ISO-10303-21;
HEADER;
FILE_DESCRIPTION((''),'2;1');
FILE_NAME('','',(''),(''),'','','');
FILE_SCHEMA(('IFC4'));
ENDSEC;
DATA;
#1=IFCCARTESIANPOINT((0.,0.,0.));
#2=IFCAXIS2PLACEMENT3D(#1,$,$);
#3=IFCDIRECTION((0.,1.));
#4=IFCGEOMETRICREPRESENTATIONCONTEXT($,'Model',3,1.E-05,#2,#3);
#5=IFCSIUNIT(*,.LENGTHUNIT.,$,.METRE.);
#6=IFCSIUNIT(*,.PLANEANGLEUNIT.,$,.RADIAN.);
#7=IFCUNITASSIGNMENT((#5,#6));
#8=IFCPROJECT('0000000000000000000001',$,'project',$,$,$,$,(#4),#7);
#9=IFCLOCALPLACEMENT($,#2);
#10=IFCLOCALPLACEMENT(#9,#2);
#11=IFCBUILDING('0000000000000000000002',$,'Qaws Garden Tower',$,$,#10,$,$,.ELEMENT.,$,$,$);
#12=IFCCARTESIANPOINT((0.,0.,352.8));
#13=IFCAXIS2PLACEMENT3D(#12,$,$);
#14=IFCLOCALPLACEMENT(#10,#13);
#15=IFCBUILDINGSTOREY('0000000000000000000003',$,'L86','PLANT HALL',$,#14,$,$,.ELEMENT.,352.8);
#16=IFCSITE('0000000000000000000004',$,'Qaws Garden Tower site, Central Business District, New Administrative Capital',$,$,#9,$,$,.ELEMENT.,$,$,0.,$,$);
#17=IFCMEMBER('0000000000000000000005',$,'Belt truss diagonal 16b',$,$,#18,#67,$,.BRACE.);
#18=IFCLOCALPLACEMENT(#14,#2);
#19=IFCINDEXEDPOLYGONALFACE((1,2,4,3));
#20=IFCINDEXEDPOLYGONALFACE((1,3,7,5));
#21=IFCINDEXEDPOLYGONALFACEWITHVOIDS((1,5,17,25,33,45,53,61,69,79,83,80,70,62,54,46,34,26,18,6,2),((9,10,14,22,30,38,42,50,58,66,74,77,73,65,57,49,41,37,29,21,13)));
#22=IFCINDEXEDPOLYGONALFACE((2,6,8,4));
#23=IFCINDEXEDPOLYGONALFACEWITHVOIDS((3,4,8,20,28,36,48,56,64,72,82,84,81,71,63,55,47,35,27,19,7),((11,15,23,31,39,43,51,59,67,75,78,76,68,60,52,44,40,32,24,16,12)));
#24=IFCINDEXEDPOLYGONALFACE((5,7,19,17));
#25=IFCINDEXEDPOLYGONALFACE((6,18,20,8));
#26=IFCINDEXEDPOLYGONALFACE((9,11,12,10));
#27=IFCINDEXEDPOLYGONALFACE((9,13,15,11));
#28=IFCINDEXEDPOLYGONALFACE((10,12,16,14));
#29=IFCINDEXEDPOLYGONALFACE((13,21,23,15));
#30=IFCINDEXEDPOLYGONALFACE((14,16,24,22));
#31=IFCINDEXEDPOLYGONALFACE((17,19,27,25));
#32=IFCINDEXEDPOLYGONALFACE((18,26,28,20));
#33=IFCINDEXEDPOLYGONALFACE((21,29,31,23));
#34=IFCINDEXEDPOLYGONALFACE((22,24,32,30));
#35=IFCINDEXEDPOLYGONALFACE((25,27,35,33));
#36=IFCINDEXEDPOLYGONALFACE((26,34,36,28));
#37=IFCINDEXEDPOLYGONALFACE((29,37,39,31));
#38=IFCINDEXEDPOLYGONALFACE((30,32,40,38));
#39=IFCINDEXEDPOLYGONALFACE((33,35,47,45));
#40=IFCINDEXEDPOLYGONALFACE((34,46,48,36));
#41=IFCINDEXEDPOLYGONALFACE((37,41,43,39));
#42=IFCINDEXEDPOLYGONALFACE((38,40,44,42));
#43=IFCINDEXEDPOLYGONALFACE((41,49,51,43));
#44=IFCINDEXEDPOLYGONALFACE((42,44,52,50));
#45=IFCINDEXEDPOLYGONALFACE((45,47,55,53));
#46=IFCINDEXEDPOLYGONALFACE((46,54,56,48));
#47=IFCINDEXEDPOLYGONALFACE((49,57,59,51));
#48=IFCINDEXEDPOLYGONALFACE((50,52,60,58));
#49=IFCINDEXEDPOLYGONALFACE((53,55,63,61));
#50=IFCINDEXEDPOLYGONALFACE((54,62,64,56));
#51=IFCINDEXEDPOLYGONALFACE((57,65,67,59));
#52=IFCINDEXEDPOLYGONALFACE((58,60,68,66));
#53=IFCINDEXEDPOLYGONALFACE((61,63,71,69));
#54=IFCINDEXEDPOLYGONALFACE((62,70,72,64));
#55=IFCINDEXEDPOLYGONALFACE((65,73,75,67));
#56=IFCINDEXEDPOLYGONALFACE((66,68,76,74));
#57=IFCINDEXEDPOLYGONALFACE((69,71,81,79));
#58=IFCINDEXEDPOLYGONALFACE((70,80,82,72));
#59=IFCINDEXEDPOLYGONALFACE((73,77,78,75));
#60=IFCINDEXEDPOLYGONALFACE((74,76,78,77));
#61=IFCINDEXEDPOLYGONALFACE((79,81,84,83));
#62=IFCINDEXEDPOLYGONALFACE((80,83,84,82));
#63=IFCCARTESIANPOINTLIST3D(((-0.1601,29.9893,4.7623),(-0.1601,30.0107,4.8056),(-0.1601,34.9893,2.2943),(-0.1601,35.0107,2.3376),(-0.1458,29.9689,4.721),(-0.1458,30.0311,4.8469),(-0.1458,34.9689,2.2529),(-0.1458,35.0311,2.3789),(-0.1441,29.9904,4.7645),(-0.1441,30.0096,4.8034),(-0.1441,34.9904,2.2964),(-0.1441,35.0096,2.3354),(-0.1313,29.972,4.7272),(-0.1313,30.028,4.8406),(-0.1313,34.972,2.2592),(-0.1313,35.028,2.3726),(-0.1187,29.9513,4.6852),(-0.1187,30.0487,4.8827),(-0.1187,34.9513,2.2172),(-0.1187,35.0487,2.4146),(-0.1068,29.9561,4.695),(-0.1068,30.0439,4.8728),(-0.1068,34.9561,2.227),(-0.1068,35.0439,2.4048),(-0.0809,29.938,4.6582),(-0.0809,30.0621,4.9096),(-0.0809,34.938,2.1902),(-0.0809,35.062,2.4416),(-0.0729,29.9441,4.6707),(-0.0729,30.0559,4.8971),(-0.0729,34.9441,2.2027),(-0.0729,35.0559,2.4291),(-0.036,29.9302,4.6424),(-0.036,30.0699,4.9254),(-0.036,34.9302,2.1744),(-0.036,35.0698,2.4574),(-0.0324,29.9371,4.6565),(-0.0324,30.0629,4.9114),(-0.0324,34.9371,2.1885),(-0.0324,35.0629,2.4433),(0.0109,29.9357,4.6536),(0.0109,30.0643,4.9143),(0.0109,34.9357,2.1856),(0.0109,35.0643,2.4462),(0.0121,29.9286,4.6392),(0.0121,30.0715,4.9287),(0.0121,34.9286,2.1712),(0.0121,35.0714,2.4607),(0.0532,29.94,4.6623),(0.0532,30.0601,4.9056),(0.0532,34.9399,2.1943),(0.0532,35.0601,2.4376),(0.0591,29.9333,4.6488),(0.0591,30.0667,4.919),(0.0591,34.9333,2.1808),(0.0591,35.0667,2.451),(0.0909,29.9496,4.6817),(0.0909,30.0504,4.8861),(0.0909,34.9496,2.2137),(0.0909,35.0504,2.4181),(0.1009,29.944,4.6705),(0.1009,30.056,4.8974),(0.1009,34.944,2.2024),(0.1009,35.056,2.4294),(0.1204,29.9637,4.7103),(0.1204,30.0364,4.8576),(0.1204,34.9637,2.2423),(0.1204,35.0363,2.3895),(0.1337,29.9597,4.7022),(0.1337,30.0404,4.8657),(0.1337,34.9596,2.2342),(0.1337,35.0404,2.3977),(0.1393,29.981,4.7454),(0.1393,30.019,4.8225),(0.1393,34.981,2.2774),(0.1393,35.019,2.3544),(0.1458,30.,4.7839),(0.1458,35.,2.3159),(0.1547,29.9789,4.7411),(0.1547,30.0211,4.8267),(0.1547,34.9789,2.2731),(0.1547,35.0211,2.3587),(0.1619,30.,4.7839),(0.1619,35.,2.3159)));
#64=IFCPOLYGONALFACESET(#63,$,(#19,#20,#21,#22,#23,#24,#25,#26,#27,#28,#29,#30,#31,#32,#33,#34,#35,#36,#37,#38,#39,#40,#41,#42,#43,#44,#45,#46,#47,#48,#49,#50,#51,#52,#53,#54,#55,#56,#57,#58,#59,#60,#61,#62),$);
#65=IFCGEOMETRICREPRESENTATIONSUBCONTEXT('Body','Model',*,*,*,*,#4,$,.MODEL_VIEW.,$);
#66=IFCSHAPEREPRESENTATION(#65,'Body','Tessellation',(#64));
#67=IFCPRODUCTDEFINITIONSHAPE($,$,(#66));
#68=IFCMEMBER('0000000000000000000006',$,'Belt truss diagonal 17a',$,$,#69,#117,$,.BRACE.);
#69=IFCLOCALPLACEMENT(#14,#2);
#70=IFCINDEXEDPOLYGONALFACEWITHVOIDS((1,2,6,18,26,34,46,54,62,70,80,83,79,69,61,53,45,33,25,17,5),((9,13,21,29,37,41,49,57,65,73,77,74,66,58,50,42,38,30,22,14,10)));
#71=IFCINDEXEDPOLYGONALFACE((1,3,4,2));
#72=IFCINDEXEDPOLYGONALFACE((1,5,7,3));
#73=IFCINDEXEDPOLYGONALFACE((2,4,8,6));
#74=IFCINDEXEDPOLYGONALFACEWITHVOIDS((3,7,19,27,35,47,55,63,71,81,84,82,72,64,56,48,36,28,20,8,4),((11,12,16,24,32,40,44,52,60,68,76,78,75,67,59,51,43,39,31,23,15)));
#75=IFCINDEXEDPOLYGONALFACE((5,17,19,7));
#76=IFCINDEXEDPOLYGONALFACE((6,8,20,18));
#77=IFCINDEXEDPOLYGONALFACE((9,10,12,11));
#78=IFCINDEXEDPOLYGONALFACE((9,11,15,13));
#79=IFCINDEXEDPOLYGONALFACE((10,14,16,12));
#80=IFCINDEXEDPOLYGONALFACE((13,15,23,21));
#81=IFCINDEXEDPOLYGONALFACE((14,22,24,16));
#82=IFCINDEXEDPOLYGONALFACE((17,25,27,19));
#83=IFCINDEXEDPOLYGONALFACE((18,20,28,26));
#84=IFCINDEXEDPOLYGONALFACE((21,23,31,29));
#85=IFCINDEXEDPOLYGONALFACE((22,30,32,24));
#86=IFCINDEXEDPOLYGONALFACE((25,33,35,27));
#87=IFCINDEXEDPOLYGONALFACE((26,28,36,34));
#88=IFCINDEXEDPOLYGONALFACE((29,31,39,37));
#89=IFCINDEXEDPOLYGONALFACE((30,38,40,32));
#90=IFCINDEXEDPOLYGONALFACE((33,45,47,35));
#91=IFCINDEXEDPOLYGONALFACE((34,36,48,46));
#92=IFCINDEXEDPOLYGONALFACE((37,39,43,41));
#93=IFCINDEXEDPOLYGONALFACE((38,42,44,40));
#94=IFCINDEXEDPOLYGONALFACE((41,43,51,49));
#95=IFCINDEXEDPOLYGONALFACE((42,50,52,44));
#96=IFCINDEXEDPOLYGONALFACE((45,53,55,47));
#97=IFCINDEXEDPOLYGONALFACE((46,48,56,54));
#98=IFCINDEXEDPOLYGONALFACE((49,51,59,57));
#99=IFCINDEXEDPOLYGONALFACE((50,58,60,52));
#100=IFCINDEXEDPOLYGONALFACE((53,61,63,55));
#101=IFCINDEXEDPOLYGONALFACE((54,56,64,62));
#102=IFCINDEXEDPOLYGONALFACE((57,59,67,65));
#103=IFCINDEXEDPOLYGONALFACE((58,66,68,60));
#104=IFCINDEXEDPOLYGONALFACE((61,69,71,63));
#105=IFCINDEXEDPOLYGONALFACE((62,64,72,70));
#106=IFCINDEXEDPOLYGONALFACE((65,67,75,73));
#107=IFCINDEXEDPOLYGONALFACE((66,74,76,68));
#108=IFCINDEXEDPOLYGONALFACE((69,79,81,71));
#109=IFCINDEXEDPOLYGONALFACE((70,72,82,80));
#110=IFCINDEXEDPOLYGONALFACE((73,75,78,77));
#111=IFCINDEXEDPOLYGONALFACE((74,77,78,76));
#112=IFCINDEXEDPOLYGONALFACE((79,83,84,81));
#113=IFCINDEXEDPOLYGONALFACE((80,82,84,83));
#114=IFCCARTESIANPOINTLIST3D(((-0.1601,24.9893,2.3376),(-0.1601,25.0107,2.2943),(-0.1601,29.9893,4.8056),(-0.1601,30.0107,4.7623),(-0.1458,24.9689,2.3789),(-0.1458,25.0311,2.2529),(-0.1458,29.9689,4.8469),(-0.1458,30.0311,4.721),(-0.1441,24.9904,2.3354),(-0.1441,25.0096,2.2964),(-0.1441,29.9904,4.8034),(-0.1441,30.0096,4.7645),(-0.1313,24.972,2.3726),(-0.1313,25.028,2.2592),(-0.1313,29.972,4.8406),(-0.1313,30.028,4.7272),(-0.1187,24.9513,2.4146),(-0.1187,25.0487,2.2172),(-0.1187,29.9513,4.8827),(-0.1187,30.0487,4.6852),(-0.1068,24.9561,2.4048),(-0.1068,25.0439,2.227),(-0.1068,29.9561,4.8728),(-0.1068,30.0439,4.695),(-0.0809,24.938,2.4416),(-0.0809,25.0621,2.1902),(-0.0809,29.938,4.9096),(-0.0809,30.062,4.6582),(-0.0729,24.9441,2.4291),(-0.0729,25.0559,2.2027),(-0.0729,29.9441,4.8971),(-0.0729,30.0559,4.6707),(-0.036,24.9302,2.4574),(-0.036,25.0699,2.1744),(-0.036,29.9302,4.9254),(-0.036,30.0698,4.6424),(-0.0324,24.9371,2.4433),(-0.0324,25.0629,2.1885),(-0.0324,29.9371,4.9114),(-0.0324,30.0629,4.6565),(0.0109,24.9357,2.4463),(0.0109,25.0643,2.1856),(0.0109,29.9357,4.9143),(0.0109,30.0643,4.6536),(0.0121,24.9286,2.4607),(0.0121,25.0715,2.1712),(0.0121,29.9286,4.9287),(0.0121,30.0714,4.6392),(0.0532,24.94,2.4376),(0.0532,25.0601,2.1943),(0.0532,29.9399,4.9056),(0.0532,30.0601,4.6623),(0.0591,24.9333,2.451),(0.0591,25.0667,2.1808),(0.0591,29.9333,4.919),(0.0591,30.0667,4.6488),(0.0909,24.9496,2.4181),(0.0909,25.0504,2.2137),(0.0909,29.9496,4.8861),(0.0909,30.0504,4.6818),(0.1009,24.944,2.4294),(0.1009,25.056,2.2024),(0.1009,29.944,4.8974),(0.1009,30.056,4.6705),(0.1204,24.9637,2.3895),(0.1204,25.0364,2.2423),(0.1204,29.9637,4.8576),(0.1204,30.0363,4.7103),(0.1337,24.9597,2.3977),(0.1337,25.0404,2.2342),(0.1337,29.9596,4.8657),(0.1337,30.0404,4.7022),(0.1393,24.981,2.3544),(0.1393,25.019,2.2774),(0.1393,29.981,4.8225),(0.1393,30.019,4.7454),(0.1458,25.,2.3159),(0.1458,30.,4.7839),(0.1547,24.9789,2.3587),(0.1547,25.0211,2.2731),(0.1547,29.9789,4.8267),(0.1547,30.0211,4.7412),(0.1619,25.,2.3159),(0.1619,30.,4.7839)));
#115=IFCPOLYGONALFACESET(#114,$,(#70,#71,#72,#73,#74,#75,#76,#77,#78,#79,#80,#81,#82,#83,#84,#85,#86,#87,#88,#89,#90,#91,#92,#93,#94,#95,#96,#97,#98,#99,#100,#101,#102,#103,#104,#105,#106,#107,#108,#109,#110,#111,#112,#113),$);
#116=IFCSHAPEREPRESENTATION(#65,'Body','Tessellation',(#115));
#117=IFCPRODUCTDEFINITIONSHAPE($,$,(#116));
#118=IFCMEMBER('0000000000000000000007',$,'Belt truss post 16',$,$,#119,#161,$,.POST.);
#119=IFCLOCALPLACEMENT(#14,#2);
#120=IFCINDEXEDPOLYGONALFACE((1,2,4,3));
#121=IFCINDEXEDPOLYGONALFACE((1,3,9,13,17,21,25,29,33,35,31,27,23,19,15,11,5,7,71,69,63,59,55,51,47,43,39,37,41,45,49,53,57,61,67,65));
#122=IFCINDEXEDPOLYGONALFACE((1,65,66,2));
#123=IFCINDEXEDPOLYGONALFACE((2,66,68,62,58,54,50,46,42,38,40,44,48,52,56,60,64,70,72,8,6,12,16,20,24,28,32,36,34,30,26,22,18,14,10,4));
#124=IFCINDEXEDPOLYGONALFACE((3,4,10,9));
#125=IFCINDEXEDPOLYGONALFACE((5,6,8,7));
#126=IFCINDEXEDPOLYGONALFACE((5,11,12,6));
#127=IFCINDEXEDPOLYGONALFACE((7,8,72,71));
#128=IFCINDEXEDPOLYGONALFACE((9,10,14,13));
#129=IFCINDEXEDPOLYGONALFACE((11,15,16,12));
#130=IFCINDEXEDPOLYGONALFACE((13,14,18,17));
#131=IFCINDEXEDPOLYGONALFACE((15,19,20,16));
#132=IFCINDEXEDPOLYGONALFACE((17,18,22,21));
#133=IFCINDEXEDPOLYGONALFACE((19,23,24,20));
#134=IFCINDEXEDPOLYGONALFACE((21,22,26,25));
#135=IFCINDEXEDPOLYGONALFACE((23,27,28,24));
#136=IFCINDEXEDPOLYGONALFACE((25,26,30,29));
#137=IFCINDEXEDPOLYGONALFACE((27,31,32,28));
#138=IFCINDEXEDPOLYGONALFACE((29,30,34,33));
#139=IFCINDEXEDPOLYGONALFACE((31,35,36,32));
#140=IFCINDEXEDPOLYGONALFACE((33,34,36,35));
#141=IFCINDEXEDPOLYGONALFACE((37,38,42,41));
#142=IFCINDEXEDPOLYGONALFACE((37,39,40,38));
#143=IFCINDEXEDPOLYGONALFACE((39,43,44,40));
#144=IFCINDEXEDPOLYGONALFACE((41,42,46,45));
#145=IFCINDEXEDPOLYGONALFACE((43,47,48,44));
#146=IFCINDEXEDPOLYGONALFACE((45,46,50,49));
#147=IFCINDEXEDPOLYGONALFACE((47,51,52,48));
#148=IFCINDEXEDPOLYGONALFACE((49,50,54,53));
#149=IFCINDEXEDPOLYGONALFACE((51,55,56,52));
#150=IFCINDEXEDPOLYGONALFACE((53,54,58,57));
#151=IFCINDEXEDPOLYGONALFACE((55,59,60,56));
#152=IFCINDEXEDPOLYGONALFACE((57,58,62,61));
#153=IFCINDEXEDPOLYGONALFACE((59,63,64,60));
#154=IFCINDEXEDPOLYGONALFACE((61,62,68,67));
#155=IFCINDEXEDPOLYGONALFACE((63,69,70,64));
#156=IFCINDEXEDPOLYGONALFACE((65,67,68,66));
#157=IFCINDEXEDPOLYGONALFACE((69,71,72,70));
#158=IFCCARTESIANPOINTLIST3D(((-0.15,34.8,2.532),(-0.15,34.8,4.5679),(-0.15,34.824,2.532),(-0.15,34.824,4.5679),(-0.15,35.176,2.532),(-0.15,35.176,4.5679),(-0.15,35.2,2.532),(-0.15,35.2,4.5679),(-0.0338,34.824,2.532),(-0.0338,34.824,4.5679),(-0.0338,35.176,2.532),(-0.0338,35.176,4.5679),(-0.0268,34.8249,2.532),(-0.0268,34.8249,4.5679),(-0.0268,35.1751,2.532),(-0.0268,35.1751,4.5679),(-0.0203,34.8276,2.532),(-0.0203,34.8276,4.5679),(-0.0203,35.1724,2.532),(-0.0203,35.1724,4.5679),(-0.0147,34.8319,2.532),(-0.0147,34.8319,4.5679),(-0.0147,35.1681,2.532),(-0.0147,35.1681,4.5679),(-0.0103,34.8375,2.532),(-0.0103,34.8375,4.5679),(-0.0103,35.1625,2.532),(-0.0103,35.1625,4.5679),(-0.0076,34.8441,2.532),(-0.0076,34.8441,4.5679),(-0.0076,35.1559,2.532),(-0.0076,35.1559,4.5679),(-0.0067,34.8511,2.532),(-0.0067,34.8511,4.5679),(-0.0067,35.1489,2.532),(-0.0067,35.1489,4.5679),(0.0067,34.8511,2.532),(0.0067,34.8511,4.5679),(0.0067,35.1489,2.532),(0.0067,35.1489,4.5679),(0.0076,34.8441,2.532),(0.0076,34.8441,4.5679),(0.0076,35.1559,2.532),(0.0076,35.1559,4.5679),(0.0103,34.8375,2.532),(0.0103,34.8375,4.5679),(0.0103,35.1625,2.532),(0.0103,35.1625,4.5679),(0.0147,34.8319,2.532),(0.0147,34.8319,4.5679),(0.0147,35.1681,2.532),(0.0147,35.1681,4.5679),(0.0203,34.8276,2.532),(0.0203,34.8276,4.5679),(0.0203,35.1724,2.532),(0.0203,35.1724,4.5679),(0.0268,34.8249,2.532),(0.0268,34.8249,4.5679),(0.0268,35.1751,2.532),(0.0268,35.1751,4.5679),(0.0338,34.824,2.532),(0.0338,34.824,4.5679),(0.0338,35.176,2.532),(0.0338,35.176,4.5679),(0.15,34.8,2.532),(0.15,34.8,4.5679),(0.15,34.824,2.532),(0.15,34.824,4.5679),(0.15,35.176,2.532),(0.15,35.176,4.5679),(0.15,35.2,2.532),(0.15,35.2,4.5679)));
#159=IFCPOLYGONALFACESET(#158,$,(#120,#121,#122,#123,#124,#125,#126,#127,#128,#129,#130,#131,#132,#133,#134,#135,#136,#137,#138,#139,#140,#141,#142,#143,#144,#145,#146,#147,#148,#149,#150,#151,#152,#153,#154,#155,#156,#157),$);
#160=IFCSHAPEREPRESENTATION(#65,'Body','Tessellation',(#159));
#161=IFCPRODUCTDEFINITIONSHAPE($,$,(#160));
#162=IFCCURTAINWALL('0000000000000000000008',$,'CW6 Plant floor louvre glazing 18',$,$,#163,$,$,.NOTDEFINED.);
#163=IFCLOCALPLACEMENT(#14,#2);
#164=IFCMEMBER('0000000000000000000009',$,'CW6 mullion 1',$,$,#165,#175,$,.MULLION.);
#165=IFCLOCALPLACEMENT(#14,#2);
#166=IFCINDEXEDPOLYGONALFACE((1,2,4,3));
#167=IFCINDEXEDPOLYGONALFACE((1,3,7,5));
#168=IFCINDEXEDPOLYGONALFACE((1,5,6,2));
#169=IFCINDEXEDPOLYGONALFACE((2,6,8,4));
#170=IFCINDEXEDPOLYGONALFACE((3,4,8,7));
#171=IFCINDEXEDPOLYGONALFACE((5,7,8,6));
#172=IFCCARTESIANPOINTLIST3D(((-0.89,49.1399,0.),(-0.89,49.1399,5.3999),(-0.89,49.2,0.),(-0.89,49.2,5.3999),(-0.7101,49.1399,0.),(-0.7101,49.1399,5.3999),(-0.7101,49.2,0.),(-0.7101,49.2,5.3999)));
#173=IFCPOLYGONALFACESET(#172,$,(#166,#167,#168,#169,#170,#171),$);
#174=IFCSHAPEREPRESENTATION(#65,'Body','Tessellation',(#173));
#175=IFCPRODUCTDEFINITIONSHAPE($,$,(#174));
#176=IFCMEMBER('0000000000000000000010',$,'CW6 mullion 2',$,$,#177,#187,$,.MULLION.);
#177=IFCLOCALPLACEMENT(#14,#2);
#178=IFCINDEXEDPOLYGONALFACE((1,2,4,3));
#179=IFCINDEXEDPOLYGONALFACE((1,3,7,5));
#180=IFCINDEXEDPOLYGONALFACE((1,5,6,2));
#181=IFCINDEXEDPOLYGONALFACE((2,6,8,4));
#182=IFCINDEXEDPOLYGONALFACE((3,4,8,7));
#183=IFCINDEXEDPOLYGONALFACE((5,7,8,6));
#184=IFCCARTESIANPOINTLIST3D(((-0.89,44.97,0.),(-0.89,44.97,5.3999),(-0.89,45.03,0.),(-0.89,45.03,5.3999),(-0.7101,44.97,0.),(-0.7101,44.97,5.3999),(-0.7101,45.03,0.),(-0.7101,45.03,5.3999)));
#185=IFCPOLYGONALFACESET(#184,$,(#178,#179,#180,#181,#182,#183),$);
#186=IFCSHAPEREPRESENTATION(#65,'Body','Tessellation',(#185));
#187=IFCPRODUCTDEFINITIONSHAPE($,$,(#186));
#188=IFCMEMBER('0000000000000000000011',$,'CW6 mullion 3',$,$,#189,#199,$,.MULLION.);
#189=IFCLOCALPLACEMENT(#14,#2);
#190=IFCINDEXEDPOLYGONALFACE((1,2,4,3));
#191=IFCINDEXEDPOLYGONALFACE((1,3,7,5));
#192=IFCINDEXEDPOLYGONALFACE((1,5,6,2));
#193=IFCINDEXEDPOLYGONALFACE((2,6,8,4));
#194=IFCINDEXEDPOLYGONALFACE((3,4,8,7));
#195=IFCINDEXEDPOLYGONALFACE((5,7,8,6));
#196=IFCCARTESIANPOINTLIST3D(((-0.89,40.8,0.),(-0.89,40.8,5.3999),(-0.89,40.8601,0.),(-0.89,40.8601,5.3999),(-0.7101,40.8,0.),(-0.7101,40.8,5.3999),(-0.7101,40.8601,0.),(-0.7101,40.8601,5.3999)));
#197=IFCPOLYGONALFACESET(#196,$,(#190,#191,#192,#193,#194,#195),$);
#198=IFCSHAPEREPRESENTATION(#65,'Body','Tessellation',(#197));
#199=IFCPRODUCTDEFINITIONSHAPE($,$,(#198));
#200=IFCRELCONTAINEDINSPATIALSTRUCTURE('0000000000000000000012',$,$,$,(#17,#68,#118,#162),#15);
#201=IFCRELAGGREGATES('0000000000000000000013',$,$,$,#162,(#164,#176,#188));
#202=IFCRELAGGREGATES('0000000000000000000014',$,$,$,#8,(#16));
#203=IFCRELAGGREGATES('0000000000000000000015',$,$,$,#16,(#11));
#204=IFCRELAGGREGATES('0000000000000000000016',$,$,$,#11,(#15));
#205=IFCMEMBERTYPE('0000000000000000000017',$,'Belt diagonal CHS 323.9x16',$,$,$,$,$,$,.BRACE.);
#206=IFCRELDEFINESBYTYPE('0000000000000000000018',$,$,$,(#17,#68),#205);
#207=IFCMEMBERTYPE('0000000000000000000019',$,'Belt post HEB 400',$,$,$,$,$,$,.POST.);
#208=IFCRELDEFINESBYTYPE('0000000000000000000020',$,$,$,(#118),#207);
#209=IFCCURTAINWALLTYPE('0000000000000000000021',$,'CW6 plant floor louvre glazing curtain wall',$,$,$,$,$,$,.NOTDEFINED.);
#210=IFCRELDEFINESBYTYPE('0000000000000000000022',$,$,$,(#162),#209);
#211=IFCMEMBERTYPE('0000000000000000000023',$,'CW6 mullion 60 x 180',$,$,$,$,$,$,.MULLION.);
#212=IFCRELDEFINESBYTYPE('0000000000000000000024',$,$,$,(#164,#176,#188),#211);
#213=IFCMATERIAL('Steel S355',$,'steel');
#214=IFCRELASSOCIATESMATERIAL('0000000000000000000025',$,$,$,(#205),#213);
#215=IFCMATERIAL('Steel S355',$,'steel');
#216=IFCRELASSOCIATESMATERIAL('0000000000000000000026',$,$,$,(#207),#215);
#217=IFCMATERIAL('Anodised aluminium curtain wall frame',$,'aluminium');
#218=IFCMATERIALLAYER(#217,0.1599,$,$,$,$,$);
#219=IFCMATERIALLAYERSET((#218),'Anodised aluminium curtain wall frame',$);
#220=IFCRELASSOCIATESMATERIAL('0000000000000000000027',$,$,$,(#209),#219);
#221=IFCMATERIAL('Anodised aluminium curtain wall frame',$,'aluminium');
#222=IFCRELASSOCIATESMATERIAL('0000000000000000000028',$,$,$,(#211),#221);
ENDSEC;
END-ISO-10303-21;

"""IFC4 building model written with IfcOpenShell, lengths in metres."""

from ifc_helpers import new_model, si_unit, direction, frame, origin, origin_2d, place, context, subcontext, project, spatial, rectangle, hollow_circle, i_section, extrude, material, layer, layer_set, material_profile, profile_set, type_object, element, aggregate, save


model = new_model("IFC4")

# Units and contexts
model_context = context("Model", 3, precision=1e-05, world=origin(), true_north=direction((0.0, 1.0)))
body_context = subcontext(model_context, "Body", "Model", "MODEL_VIEW")
ifc_project = project(units=[si_unit("LENGTHUNIT", "METRE"), si_unit("PLANEANGLEUNIT", "RADIAN")], contexts=[model_context])

# Site, building, storey
site_placement = place(None, origin())
site = spatial("IfcSite", under=ifc_project, at=site_placement, Name="Qaws Garden Tower site, Central Business District, New Administrative Capital", CompositionType="ELEMENT", RefElevation=0.0)
building_placement = place(site_placement, origin())
building = spatial("IfcBuilding", under=site, at=building_placement, Name="Qaws Garden Tower", CompositionType="ELEMENT")
storey_placement = place(building_placement, frame((0.0, 0.0, 352.8)))
storey = spatial("IfcBuildingStorey", under=building, at=storey_placement, Name="L86", Description="PLANT HALL", CompositionType="ELEMENT", Elevation=352.8)

# Members
ifc_material_1 = material(Name="Steel S355", Category="steel")
ifc_material_profile_1 = material_profile(ifc_material_1, hollow_circle(Radius=0.1619, WallThickness=0.0161, at=origin_2d()), Name="CHS 323.9x16")
ifc_profile_set_1 = profile_set([ifc_material_profile_1], Name="Steel S355")
member_type_1 = type_object("IfcMemberType", Name="Belt diagonal CHS 323.9x16", PredefinedType="BRACE", material=ifc_profile_set_1)
for number, where, z_axis, x_axis, name in (
    (1, (0.0, 35.0, 2.3159), (0.0, -0.89671, 0.442619), (1.0, 0.0, 0.0), "Belt truss diagonal 16b"),
    (2, (0.0, 30.0, 4.7839), (0.0, -0.89671, -0.442619), (1.0, 0.0, 0.0), "Belt truss diagonal 17a"),
):
    element("IfcMember", number, at=place(storey_placement, frame(where, z_axis=z_axis, x_axis=x_axis)), inside=storey, type_object=member_type_1, Name=name, PredefinedType="BRACE", context=body_context, shape_type="SweptSolid", body=[
        extrude(hollow_circle(Radius=0.1619, WallThickness=0.0161, at=origin_2d()), origin(), (0.0, 0.0, 1.0), 5.5759),
    ])
ifc_material_2 = material(Name="Steel S355", Category="steel")
ifc_material_profile_2 = material_profile(ifc_material_2, i_section(OverallWidth=0.3, OverallDepth=0.3999, WebThickness=0.0134, FlangeThickness=0.0239, FilletRadius=0.0271, at=origin_2d()), Name="HEB 400")
ifc_profile_set_2 = profile_set([ifc_material_profile_2], Name="Steel S355")
member_type_2 = type_object("IfcMemberType", Name="Belt post HEB 400", PredefinedType="POST", material=ifc_profile_set_2)
member_1_placement = place(storey_placement, frame((0.0, 35.0, 2.532), z_axis=(0.0, 0.0, 1.0), x_axis=(1.0, 0.0, 0.0)))
element("IfcMember", 3, at=member_1_placement, inside=storey, type_object=member_type_2, Name="Belt truss post 16", PredefinedType="POST", context=body_context, shape_type="SweptSolid", body=[
    extrude(i_section(OverallWidth=0.3, OverallDepth=0.3999, WebThickness=0.0134, FlangeThickness=0.0239, FilletRadius=0.0271, at=origin_2d()), origin(), (0.0, 0.0, 1.0), 2.0359),
])

# Curtain wall
ifc_material_3 = material(Name="Anodised aluminium curtain wall frame", Category="aluminium")
ifc_layer_1 = layer(ifc_material_3, 0.1599)
ifc_layer_set_1 = layer_set([ifc_layer_1], Name="Anodised aluminium curtain wall frame")
curtain_wall_type = type_object("IfcCurtainWallType", Name="CW6 plant floor louvre glazing curtain wall", PredefinedType="NOTDEFINED", material=ifc_layer_set_1)
placement_1 = place(storey_placement, origin())
curtain_wall_1 = element("IfcCurtainWall", 4, at=placement_1, inside=storey, type_object=curtain_wall_type, Name="CW6 Plant floor louvre glazing 18", PredefinedType="NOTDEFINED")

# Members
ifc_material_4 = material(Name="Anodised aluminium curtain wall frame", Category="aluminium")
ifc_material_profile_3 = material_profile(ifc_material_4, rectangle(XDim=0.1799, YDim=0.0601, at=origin_2d()), Name="AL 60x180")
ifc_profile_set_3 = profile_set([ifc_material_profile_3], Name="Anodised aluminium curtain wall frame")
member_type_3 = type_object("IfcMemberType", Name="CW6 mullion 60 x 180", PredefinedType="MULLION", material=ifc_profile_set_3)
member_2_placement = place(storey_placement, frame((-0.8, 49.1699, 0.0), z_axis=(0.0, 0.0, 1.0), x_axis=(1.0, 0.0, 0.0)))
member_2 = element("IfcMember", 5, at=member_2_placement, type_object=member_type_3, Name="CW6 mullion 1", PredefinedType="MULLION", context=body_context, shape_type="SweptSolid", body=[
    extrude(rectangle(XDim=0.1799, YDim=0.0601, at=origin_2d()), origin(), (0.0, 0.0, 1.0), 5.3999),
])
member_3_placement = place(storey_placement, frame((-0.8, 45.0, 0.0), z_axis=(0.0, 0.0, 1.0), x_axis=(1.0, 0.0, 0.0)))
member_3 = element("IfcMember", 6, at=member_3_placement, type_object=member_type_3, Name="CW6 mullion 2", PredefinedType="MULLION", context=body_context, shape_type="SweptSolid", body=[
    extrude(rectangle(XDim=0.1799, YDim=0.0601, at=origin_2d()), origin(), (0.0, 0.0, 1.0), 5.3999),
])
member_4_placement = place(storey_placement, frame((-0.8, 40.8301, 0.0), z_axis=(0.0, 0.0, 1.0), x_axis=(1.0, 0.0, 0.0)))
member_4 = element("IfcMember", 7, at=member_4_placement, type_object=member_type_3, Name="CW6 mullion 3", PredefinedType="MULLION", context=body_context, shape_type="SweptSolid", body=[
    extrude(rectangle(XDim=0.1799, YDim=0.0601, at=origin_2d()), origin(), (0.0, 0.0, 1.0), 5.3999),
])

aggregate(curtain_wall_1, [member_2, member_3, member_4])

save(model, "model.ifc")
